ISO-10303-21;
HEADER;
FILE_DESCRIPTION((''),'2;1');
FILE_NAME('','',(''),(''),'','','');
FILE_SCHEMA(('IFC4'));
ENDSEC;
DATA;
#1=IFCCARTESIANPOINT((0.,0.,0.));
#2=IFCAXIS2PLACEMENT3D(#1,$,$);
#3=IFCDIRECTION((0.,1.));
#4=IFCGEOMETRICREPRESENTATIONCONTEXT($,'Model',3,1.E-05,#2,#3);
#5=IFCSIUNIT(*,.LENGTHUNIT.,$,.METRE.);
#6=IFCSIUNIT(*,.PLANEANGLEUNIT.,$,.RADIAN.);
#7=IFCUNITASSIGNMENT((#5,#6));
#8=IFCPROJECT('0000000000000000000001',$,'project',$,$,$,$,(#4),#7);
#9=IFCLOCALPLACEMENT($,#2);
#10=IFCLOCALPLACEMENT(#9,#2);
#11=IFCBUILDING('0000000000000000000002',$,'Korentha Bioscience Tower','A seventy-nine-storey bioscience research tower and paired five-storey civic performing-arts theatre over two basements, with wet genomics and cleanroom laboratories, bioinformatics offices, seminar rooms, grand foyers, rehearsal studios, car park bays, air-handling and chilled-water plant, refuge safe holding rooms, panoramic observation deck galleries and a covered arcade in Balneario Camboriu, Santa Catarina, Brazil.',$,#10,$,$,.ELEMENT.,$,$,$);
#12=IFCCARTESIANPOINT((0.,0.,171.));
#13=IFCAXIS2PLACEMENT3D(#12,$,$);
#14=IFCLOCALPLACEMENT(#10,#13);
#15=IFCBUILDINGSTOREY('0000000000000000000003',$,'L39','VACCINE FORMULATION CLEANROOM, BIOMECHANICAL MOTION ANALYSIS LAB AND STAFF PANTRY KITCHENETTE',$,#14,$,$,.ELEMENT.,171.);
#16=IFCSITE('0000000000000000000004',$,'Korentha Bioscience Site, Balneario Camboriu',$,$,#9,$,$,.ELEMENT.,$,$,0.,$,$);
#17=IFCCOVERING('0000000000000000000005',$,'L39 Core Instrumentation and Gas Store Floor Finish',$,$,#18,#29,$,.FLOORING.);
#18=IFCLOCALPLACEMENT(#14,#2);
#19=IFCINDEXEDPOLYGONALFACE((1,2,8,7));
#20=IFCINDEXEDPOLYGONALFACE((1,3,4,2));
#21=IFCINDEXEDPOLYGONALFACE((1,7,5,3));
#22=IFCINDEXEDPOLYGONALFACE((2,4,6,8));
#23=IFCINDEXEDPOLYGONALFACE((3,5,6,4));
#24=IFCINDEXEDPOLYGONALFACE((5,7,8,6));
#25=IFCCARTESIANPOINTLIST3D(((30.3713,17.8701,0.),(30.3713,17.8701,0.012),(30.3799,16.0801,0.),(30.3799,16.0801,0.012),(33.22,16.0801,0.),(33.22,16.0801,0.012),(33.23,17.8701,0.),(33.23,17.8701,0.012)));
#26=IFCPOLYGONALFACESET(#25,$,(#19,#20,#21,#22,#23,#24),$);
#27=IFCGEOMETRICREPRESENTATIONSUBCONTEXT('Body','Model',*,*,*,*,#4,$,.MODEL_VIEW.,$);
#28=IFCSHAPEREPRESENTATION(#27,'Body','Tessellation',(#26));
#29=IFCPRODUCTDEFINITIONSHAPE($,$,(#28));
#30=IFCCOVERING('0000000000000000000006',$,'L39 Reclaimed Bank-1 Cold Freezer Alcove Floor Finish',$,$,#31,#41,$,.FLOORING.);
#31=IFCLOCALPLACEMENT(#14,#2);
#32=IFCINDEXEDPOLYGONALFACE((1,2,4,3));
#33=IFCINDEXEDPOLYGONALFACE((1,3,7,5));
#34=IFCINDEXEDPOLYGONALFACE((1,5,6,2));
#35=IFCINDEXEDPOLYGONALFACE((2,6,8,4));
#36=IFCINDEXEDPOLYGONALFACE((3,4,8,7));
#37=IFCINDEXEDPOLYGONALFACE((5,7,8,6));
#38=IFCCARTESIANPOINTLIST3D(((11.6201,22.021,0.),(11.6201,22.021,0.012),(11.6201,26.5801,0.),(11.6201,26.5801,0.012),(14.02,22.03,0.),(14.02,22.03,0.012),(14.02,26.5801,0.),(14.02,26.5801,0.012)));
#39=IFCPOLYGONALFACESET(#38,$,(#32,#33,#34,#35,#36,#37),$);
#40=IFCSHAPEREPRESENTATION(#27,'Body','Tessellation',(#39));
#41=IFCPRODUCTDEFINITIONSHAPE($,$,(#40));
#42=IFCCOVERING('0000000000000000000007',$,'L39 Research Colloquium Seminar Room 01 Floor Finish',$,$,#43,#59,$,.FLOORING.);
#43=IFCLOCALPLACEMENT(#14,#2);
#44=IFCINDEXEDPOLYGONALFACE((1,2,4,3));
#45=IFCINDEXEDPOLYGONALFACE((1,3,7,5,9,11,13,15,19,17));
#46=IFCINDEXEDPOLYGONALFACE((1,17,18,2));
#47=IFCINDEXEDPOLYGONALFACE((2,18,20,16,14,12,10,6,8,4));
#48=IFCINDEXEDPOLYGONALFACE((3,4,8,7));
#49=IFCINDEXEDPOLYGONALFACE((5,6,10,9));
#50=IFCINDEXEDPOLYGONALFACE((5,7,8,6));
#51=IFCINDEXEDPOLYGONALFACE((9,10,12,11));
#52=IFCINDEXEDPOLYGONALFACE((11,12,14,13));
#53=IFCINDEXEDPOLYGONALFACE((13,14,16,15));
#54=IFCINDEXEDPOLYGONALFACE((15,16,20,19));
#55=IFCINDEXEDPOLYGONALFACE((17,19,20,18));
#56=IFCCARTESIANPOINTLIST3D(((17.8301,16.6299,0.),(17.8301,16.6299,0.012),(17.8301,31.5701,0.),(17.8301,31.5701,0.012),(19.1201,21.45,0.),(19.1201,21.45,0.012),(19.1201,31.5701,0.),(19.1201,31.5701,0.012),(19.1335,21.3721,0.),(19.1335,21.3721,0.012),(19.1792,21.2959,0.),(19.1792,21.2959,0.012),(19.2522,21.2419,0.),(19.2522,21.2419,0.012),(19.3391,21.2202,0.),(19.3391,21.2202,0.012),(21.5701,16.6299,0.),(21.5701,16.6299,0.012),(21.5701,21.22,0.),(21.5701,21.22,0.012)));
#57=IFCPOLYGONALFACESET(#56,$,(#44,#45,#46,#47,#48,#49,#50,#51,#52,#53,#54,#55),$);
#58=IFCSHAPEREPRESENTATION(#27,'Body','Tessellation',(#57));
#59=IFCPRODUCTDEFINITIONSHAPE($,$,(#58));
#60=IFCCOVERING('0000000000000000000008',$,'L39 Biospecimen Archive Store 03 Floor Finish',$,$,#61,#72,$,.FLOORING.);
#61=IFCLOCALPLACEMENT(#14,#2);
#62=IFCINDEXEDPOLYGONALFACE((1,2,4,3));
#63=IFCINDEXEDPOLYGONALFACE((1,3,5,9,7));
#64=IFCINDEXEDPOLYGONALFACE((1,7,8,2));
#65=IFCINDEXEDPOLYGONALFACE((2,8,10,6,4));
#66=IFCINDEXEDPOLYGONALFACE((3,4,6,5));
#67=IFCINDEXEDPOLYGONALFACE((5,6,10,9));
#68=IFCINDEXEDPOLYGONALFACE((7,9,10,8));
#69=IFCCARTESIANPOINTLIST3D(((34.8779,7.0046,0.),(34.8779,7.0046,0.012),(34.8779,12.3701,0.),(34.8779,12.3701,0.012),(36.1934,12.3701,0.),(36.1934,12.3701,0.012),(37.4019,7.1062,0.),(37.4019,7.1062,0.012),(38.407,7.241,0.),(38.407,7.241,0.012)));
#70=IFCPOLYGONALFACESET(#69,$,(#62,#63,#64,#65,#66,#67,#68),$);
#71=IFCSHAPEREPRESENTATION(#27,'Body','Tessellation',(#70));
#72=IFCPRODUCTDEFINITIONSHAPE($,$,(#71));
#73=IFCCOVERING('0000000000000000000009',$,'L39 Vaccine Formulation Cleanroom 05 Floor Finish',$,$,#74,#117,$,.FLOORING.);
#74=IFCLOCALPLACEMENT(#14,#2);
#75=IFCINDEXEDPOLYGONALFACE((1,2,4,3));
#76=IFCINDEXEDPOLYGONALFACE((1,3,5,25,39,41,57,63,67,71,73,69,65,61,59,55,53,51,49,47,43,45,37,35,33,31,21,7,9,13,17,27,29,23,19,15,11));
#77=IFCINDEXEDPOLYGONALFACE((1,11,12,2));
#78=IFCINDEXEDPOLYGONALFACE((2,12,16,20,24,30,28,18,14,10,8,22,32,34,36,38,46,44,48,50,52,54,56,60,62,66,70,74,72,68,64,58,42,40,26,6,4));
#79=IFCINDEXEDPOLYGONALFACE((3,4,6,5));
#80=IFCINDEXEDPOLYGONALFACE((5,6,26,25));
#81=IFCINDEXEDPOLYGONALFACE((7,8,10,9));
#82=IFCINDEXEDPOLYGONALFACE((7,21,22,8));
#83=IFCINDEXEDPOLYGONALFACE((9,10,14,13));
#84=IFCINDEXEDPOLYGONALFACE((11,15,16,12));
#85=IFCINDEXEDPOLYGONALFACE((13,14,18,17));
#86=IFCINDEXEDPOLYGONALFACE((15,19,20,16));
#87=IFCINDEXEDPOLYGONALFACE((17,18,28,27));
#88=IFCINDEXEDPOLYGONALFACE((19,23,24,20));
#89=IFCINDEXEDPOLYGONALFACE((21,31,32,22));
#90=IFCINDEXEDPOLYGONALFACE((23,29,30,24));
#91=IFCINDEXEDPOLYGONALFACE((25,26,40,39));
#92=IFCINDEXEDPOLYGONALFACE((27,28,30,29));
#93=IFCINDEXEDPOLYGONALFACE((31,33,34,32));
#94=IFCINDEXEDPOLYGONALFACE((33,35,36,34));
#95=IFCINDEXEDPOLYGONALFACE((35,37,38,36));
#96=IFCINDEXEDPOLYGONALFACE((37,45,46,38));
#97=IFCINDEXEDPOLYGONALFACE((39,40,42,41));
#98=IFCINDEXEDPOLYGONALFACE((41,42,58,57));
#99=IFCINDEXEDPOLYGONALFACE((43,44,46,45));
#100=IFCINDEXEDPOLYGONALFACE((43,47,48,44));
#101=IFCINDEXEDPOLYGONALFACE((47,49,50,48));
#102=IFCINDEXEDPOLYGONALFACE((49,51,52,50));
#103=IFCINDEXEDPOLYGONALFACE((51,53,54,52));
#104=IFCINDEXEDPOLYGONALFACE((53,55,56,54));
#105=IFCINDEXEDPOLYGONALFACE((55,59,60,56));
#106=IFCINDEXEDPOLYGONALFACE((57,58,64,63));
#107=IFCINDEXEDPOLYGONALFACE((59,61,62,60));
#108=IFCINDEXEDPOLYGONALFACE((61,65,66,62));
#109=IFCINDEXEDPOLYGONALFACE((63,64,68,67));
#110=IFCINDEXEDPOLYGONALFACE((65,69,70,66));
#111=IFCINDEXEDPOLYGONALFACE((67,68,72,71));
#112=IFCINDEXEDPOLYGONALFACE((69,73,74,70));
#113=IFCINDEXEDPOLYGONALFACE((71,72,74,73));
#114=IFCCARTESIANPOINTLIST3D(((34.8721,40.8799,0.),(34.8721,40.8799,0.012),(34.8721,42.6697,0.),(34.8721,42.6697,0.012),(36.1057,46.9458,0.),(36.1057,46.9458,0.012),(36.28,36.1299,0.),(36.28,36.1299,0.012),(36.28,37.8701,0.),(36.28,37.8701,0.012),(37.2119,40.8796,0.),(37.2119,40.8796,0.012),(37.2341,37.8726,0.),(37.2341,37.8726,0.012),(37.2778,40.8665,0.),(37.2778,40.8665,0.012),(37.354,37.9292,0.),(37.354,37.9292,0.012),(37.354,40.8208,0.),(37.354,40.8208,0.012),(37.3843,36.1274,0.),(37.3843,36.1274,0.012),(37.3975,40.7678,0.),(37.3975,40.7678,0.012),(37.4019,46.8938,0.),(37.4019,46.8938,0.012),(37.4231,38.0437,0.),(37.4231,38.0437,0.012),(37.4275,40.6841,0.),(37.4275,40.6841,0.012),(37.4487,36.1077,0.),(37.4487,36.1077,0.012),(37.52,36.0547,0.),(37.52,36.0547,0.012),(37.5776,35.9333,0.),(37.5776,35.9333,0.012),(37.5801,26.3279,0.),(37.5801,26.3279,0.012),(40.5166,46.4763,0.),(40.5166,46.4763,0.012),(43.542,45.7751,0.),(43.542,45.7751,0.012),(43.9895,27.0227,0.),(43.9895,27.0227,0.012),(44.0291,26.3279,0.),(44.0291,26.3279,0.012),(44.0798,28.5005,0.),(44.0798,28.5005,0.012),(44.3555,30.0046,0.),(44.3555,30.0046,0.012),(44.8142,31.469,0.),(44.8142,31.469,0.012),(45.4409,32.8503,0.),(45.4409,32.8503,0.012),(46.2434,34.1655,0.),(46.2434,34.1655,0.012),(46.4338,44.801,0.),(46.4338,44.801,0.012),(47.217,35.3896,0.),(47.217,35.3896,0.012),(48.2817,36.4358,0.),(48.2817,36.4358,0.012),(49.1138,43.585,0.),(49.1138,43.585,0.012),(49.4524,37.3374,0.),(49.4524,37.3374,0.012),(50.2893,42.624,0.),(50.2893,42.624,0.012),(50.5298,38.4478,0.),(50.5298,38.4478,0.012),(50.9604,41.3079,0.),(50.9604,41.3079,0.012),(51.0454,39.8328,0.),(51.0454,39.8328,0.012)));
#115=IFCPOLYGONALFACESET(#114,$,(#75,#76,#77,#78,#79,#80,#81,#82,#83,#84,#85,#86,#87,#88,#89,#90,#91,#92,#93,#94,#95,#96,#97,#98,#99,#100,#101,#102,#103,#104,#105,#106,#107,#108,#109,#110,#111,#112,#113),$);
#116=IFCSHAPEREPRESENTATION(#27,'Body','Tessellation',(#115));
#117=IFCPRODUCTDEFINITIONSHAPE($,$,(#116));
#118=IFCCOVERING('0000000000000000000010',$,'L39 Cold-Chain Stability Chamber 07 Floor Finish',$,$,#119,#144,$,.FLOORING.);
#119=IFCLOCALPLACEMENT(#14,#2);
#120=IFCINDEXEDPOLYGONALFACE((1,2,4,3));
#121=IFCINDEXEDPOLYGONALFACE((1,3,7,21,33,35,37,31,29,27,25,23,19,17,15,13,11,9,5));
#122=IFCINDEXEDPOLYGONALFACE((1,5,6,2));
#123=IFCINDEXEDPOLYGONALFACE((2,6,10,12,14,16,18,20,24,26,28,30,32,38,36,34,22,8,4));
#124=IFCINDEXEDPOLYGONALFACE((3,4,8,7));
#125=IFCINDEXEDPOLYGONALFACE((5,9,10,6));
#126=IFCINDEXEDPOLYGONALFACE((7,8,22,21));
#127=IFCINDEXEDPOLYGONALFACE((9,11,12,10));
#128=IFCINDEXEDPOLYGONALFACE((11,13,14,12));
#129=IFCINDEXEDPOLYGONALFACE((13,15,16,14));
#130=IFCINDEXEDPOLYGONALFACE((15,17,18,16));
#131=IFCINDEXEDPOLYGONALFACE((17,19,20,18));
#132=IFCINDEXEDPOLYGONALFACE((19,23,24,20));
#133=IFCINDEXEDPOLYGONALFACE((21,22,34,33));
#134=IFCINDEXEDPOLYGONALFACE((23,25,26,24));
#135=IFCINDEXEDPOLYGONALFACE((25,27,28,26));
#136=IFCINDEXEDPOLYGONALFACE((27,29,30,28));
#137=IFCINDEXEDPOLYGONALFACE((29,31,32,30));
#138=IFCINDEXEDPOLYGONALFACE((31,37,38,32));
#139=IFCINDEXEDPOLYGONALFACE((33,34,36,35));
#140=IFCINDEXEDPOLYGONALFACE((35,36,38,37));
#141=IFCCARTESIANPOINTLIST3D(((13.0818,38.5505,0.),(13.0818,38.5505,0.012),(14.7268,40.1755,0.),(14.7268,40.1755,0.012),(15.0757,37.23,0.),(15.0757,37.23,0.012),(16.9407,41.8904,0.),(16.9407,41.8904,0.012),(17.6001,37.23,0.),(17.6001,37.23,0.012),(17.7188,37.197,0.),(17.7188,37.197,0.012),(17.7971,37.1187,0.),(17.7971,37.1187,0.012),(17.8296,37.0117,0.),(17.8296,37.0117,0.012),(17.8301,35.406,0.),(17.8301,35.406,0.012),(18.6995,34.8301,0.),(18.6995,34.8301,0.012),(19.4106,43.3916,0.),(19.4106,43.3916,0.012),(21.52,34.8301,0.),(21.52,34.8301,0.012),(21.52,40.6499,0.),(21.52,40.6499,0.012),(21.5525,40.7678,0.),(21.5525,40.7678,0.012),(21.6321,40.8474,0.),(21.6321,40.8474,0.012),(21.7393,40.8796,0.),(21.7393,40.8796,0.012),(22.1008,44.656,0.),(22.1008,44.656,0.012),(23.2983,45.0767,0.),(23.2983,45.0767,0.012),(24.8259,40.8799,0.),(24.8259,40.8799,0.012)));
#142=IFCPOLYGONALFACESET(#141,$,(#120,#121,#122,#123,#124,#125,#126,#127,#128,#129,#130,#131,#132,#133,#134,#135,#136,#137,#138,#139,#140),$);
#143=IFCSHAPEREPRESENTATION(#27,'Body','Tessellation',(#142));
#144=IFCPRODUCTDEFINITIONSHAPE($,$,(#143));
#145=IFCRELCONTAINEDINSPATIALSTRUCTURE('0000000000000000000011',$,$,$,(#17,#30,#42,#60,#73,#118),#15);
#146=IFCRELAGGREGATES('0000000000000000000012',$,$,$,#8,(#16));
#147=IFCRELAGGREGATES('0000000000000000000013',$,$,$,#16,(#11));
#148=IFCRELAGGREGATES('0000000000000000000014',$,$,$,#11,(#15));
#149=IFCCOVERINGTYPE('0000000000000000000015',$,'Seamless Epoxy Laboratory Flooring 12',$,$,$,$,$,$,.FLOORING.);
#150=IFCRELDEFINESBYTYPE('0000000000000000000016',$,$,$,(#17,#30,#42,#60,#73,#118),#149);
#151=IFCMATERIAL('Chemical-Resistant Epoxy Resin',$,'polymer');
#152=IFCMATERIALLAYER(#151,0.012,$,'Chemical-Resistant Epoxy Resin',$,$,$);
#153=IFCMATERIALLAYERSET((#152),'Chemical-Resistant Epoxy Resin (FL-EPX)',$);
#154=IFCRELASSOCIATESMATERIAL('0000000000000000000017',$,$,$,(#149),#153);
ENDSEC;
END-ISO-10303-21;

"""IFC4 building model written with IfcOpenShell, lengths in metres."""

from ifc_helpers import new_model, si_unit, direction, frame, origin, place, context, subcontext, project, spatial, polyline, outline, extrude, material, layer, layer_set, type_object, element, save


model = new_model("IFC4")

# Units and contexts
model_context = context("Model", 3, precision=1e-05, world=origin(), true_north=direction((0.0, 1.0)))
body_context = subcontext(model_context, "Body", "Model", "MODEL_VIEW")
ifc_project = project(units=[si_unit("LENGTHUNIT", "METRE"), si_unit("PLANEANGLEUNIT", "RADIAN")], contexts=[model_context])

# Site, building, storey
site_placement = place(None, origin())
site = spatial("IfcSite", under=ifc_project, at=site_placement, Name="Korentha Bioscience Site, Balneario Camboriu", CompositionType="ELEMENT", RefElevation=0.0)
building_placement = place(site_placement, origin())
building = spatial("IfcBuilding", under=site, at=building_placement, Name="Korentha Bioscience Tower", Description="A seventy-nine-storey bioscience research tower and paired five-storey civic performing-arts theatre over two basements, with wet genomics and cleanroom laboratories, bioinformatics offices, seminar rooms, grand foyers, rehearsal studios, car park bays, air-handling and chilled-water plant, refuge safe holding rooms, panoramic observation deck galleries and a covered arcade in Balneario Camboriu, Santa Catarina, Brazil.", CompositionType="ELEMENT")
storey_placement = place(building_placement, frame((0.0, 0.0, 171.0)))
storey = spatial("IfcBuildingStorey", under=building, at=storey_placement, Name="L39", Description="VACCINE FORMULATION CLEANROOM, BIOMECHANICAL MOTION ANALYSIS LAB AND STAFF PANTRY KITCHENETTE", CompositionType="ELEMENT", Elevation=171.0)

# Coverings
ifc_material_1 = material(Name="Chemical-Resistant Epoxy Resin", Category="polymer")
ifc_layer_1 = layer(ifc_material_1, 0.012, Name="Chemical-Resistant Epoxy Resin")
ifc_layer_set_1 = layer_set([ifc_layer_1], Name="Chemical-Resistant Epoxy Resin (FL-EPX)")
covering_type_1 = type_object("IfcCoveringType", Name="Seamless Epoxy Laboratory Flooring 12", PredefinedType="FLOORING", material=ifc_layer_set_1)
covering_1_placement = place(storey_placement, origin())
element("IfcCovering", 1, at=covering_1_placement, inside=storey, type_object=covering_type_1, Name="L39 Core Instrumentation and Gas Store Floor Finish", PredefinedType="FLOORING", context=body_context, shape_type="SweptSolid", body=[
    extrude(outline(polyline([(33.23, 17.8701), (33.22, 16.0801), (30.3799, 16.0801), (30.3713, 17.8701), (33.23, 17.8701)])), origin(), (0.0, 0.0, 1.0), 0.012),
])
covering_2_placement = place(storey_placement, origin())
element("IfcCovering", 2, at=covering_2_placement, inside=storey, type_object=covering_type_1, Name="L39 Reclaimed Bank-1 Cold Freezer Alcove Floor Finish", PredefinedType="FLOORING", context=body_context, shape_type="SweptSolid", body=[
    extrude(outline(polyline([(14.02, 22.03), (11.6201, 22.021), (11.6201, 26.5801), (14.02, 26.5801), (14.02, 22.03)])), origin(), (0.0, 0.0, 1.0), 0.012),
])
covering_3_placement = place(storey_placement, origin())
element("IfcCovering", 3, at=covering_3_placement, inside=storey, type_object=covering_type_1, Name="L39 Research Colloquium Seminar Room 01 Floor Finish", PredefinedType="FLOORING", context=body_context, shape_type="SweptSolid", body=[
    extrude(outline(polyline([(19.1201, 31.5701), (19.1201, 21.45), (19.1335, 21.3721), (19.1792, 21.2959), (19.2522, 21.2419), (19.3391, 21.2202), (21.5701, 21.22), (21.5701, 16.6299), (17.8301, 16.6299), (17.8301, 31.5701), (19.1201, 31.5701)])), origin(), (0.0, 0.0, 1.0), 0.012),
])
covering_4_placement = place(storey_placement, origin())
element("IfcCovering", 4, at=covering_4_placement, inside=storey, type_object=covering_type_1, Name="L39 Biospecimen Archive Store 03 Floor Finish", PredefinedType="FLOORING", context=body_context, shape_type="SweptSolid", body=[
    extrude(outline(polyline([(34.8779, 12.3701), (36.1934, 12.3701), (38.407, 7.241), (37.4019, 7.1062), (34.8779, 7.0046), (34.8779, 12.3701)])), origin(), (0.0, 0.0, 1.0), 0.012),
])
covering_5_placement = place(storey_placement, origin())
element("IfcCovering", 5, at=covering_5_placement, inside=storey, type_object=covering_type_1, Name="L39 Vaccine Formulation Cleanroom 05 Floor Finish", PredefinedType="FLOORING", context=body_context, shape_type="SweptSolid", body=[
    extrude(outline(polyline([(36.1057, 46.9458), (37.4019, 46.8938), (40.5166, 46.4763), (43.542, 45.7751), (46.4338, 44.801), (49.1138, 43.585), (50.2893, 42.624), (50.9604, 41.3079), (51.0454, 39.8328), (50.5298, 38.4478), (49.4524, 37.3374), (48.2817, 36.4358), (47.217, 35.3896), (46.2434, 34.1655), (45.4409, 32.8503), (44.8142, 31.469), (44.3555, 30.0046), (44.0798, 28.5005), (43.9895, 27.0227), (44.0291, 26.3279), (37.5801, 26.3279), (37.5776, 35.9333), (37.52, 36.0547), (37.4487, 36.1077), (37.3843, 36.1274), (36.28, 36.1299), (36.28, 37.8701), (37.2341, 37.8726), (37.354, 37.9292), (37.4231, 38.0437), (37.4275, 40.6841), (37.3975, 40.7678), (37.354, 40.8208), (37.2778, 40.8665), (37.2119, 40.8796), (34.8721, 40.8799), (34.8721, 42.6697), (36.1057, 46.9458)])), origin(), (0.0, 0.0, 1.0), 0.012),
])
covering_6_placement = place(storey_placement, origin())
element("IfcCovering", 6, at=covering_6_placement, inside=storey, type_object=covering_type_1, Name="L39 Cold-Chain Stability Chamber 07 Floor Finish", PredefinedType="FLOORING", context=body_context, shape_type="SweptSolid", body=[
    extrude(outline(polyline([(14.7268, 40.1755), (16.9407, 41.8904), (19.4106, 43.3916), (22.1008, 44.656), (23.2983, 45.0767), (24.8259, 40.8799), (21.7393, 40.8796), (21.6321, 40.8474), (21.5525, 40.7678), (21.52, 40.6499), (21.52, 34.8301), (18.6995, 34.8301), (17.8301, 35.406), (17.8296, 37.0117), (17.7971, 37.1187), (17.7188, 37.197), (17.6001, 37.23), (15.0757, 37.23), (13.0818, 38.5505), (14.7268, 40.1755)])), origin(), (0.0, 0.0, 1.0), 0.012),
])

save(model, "model.ifc")
